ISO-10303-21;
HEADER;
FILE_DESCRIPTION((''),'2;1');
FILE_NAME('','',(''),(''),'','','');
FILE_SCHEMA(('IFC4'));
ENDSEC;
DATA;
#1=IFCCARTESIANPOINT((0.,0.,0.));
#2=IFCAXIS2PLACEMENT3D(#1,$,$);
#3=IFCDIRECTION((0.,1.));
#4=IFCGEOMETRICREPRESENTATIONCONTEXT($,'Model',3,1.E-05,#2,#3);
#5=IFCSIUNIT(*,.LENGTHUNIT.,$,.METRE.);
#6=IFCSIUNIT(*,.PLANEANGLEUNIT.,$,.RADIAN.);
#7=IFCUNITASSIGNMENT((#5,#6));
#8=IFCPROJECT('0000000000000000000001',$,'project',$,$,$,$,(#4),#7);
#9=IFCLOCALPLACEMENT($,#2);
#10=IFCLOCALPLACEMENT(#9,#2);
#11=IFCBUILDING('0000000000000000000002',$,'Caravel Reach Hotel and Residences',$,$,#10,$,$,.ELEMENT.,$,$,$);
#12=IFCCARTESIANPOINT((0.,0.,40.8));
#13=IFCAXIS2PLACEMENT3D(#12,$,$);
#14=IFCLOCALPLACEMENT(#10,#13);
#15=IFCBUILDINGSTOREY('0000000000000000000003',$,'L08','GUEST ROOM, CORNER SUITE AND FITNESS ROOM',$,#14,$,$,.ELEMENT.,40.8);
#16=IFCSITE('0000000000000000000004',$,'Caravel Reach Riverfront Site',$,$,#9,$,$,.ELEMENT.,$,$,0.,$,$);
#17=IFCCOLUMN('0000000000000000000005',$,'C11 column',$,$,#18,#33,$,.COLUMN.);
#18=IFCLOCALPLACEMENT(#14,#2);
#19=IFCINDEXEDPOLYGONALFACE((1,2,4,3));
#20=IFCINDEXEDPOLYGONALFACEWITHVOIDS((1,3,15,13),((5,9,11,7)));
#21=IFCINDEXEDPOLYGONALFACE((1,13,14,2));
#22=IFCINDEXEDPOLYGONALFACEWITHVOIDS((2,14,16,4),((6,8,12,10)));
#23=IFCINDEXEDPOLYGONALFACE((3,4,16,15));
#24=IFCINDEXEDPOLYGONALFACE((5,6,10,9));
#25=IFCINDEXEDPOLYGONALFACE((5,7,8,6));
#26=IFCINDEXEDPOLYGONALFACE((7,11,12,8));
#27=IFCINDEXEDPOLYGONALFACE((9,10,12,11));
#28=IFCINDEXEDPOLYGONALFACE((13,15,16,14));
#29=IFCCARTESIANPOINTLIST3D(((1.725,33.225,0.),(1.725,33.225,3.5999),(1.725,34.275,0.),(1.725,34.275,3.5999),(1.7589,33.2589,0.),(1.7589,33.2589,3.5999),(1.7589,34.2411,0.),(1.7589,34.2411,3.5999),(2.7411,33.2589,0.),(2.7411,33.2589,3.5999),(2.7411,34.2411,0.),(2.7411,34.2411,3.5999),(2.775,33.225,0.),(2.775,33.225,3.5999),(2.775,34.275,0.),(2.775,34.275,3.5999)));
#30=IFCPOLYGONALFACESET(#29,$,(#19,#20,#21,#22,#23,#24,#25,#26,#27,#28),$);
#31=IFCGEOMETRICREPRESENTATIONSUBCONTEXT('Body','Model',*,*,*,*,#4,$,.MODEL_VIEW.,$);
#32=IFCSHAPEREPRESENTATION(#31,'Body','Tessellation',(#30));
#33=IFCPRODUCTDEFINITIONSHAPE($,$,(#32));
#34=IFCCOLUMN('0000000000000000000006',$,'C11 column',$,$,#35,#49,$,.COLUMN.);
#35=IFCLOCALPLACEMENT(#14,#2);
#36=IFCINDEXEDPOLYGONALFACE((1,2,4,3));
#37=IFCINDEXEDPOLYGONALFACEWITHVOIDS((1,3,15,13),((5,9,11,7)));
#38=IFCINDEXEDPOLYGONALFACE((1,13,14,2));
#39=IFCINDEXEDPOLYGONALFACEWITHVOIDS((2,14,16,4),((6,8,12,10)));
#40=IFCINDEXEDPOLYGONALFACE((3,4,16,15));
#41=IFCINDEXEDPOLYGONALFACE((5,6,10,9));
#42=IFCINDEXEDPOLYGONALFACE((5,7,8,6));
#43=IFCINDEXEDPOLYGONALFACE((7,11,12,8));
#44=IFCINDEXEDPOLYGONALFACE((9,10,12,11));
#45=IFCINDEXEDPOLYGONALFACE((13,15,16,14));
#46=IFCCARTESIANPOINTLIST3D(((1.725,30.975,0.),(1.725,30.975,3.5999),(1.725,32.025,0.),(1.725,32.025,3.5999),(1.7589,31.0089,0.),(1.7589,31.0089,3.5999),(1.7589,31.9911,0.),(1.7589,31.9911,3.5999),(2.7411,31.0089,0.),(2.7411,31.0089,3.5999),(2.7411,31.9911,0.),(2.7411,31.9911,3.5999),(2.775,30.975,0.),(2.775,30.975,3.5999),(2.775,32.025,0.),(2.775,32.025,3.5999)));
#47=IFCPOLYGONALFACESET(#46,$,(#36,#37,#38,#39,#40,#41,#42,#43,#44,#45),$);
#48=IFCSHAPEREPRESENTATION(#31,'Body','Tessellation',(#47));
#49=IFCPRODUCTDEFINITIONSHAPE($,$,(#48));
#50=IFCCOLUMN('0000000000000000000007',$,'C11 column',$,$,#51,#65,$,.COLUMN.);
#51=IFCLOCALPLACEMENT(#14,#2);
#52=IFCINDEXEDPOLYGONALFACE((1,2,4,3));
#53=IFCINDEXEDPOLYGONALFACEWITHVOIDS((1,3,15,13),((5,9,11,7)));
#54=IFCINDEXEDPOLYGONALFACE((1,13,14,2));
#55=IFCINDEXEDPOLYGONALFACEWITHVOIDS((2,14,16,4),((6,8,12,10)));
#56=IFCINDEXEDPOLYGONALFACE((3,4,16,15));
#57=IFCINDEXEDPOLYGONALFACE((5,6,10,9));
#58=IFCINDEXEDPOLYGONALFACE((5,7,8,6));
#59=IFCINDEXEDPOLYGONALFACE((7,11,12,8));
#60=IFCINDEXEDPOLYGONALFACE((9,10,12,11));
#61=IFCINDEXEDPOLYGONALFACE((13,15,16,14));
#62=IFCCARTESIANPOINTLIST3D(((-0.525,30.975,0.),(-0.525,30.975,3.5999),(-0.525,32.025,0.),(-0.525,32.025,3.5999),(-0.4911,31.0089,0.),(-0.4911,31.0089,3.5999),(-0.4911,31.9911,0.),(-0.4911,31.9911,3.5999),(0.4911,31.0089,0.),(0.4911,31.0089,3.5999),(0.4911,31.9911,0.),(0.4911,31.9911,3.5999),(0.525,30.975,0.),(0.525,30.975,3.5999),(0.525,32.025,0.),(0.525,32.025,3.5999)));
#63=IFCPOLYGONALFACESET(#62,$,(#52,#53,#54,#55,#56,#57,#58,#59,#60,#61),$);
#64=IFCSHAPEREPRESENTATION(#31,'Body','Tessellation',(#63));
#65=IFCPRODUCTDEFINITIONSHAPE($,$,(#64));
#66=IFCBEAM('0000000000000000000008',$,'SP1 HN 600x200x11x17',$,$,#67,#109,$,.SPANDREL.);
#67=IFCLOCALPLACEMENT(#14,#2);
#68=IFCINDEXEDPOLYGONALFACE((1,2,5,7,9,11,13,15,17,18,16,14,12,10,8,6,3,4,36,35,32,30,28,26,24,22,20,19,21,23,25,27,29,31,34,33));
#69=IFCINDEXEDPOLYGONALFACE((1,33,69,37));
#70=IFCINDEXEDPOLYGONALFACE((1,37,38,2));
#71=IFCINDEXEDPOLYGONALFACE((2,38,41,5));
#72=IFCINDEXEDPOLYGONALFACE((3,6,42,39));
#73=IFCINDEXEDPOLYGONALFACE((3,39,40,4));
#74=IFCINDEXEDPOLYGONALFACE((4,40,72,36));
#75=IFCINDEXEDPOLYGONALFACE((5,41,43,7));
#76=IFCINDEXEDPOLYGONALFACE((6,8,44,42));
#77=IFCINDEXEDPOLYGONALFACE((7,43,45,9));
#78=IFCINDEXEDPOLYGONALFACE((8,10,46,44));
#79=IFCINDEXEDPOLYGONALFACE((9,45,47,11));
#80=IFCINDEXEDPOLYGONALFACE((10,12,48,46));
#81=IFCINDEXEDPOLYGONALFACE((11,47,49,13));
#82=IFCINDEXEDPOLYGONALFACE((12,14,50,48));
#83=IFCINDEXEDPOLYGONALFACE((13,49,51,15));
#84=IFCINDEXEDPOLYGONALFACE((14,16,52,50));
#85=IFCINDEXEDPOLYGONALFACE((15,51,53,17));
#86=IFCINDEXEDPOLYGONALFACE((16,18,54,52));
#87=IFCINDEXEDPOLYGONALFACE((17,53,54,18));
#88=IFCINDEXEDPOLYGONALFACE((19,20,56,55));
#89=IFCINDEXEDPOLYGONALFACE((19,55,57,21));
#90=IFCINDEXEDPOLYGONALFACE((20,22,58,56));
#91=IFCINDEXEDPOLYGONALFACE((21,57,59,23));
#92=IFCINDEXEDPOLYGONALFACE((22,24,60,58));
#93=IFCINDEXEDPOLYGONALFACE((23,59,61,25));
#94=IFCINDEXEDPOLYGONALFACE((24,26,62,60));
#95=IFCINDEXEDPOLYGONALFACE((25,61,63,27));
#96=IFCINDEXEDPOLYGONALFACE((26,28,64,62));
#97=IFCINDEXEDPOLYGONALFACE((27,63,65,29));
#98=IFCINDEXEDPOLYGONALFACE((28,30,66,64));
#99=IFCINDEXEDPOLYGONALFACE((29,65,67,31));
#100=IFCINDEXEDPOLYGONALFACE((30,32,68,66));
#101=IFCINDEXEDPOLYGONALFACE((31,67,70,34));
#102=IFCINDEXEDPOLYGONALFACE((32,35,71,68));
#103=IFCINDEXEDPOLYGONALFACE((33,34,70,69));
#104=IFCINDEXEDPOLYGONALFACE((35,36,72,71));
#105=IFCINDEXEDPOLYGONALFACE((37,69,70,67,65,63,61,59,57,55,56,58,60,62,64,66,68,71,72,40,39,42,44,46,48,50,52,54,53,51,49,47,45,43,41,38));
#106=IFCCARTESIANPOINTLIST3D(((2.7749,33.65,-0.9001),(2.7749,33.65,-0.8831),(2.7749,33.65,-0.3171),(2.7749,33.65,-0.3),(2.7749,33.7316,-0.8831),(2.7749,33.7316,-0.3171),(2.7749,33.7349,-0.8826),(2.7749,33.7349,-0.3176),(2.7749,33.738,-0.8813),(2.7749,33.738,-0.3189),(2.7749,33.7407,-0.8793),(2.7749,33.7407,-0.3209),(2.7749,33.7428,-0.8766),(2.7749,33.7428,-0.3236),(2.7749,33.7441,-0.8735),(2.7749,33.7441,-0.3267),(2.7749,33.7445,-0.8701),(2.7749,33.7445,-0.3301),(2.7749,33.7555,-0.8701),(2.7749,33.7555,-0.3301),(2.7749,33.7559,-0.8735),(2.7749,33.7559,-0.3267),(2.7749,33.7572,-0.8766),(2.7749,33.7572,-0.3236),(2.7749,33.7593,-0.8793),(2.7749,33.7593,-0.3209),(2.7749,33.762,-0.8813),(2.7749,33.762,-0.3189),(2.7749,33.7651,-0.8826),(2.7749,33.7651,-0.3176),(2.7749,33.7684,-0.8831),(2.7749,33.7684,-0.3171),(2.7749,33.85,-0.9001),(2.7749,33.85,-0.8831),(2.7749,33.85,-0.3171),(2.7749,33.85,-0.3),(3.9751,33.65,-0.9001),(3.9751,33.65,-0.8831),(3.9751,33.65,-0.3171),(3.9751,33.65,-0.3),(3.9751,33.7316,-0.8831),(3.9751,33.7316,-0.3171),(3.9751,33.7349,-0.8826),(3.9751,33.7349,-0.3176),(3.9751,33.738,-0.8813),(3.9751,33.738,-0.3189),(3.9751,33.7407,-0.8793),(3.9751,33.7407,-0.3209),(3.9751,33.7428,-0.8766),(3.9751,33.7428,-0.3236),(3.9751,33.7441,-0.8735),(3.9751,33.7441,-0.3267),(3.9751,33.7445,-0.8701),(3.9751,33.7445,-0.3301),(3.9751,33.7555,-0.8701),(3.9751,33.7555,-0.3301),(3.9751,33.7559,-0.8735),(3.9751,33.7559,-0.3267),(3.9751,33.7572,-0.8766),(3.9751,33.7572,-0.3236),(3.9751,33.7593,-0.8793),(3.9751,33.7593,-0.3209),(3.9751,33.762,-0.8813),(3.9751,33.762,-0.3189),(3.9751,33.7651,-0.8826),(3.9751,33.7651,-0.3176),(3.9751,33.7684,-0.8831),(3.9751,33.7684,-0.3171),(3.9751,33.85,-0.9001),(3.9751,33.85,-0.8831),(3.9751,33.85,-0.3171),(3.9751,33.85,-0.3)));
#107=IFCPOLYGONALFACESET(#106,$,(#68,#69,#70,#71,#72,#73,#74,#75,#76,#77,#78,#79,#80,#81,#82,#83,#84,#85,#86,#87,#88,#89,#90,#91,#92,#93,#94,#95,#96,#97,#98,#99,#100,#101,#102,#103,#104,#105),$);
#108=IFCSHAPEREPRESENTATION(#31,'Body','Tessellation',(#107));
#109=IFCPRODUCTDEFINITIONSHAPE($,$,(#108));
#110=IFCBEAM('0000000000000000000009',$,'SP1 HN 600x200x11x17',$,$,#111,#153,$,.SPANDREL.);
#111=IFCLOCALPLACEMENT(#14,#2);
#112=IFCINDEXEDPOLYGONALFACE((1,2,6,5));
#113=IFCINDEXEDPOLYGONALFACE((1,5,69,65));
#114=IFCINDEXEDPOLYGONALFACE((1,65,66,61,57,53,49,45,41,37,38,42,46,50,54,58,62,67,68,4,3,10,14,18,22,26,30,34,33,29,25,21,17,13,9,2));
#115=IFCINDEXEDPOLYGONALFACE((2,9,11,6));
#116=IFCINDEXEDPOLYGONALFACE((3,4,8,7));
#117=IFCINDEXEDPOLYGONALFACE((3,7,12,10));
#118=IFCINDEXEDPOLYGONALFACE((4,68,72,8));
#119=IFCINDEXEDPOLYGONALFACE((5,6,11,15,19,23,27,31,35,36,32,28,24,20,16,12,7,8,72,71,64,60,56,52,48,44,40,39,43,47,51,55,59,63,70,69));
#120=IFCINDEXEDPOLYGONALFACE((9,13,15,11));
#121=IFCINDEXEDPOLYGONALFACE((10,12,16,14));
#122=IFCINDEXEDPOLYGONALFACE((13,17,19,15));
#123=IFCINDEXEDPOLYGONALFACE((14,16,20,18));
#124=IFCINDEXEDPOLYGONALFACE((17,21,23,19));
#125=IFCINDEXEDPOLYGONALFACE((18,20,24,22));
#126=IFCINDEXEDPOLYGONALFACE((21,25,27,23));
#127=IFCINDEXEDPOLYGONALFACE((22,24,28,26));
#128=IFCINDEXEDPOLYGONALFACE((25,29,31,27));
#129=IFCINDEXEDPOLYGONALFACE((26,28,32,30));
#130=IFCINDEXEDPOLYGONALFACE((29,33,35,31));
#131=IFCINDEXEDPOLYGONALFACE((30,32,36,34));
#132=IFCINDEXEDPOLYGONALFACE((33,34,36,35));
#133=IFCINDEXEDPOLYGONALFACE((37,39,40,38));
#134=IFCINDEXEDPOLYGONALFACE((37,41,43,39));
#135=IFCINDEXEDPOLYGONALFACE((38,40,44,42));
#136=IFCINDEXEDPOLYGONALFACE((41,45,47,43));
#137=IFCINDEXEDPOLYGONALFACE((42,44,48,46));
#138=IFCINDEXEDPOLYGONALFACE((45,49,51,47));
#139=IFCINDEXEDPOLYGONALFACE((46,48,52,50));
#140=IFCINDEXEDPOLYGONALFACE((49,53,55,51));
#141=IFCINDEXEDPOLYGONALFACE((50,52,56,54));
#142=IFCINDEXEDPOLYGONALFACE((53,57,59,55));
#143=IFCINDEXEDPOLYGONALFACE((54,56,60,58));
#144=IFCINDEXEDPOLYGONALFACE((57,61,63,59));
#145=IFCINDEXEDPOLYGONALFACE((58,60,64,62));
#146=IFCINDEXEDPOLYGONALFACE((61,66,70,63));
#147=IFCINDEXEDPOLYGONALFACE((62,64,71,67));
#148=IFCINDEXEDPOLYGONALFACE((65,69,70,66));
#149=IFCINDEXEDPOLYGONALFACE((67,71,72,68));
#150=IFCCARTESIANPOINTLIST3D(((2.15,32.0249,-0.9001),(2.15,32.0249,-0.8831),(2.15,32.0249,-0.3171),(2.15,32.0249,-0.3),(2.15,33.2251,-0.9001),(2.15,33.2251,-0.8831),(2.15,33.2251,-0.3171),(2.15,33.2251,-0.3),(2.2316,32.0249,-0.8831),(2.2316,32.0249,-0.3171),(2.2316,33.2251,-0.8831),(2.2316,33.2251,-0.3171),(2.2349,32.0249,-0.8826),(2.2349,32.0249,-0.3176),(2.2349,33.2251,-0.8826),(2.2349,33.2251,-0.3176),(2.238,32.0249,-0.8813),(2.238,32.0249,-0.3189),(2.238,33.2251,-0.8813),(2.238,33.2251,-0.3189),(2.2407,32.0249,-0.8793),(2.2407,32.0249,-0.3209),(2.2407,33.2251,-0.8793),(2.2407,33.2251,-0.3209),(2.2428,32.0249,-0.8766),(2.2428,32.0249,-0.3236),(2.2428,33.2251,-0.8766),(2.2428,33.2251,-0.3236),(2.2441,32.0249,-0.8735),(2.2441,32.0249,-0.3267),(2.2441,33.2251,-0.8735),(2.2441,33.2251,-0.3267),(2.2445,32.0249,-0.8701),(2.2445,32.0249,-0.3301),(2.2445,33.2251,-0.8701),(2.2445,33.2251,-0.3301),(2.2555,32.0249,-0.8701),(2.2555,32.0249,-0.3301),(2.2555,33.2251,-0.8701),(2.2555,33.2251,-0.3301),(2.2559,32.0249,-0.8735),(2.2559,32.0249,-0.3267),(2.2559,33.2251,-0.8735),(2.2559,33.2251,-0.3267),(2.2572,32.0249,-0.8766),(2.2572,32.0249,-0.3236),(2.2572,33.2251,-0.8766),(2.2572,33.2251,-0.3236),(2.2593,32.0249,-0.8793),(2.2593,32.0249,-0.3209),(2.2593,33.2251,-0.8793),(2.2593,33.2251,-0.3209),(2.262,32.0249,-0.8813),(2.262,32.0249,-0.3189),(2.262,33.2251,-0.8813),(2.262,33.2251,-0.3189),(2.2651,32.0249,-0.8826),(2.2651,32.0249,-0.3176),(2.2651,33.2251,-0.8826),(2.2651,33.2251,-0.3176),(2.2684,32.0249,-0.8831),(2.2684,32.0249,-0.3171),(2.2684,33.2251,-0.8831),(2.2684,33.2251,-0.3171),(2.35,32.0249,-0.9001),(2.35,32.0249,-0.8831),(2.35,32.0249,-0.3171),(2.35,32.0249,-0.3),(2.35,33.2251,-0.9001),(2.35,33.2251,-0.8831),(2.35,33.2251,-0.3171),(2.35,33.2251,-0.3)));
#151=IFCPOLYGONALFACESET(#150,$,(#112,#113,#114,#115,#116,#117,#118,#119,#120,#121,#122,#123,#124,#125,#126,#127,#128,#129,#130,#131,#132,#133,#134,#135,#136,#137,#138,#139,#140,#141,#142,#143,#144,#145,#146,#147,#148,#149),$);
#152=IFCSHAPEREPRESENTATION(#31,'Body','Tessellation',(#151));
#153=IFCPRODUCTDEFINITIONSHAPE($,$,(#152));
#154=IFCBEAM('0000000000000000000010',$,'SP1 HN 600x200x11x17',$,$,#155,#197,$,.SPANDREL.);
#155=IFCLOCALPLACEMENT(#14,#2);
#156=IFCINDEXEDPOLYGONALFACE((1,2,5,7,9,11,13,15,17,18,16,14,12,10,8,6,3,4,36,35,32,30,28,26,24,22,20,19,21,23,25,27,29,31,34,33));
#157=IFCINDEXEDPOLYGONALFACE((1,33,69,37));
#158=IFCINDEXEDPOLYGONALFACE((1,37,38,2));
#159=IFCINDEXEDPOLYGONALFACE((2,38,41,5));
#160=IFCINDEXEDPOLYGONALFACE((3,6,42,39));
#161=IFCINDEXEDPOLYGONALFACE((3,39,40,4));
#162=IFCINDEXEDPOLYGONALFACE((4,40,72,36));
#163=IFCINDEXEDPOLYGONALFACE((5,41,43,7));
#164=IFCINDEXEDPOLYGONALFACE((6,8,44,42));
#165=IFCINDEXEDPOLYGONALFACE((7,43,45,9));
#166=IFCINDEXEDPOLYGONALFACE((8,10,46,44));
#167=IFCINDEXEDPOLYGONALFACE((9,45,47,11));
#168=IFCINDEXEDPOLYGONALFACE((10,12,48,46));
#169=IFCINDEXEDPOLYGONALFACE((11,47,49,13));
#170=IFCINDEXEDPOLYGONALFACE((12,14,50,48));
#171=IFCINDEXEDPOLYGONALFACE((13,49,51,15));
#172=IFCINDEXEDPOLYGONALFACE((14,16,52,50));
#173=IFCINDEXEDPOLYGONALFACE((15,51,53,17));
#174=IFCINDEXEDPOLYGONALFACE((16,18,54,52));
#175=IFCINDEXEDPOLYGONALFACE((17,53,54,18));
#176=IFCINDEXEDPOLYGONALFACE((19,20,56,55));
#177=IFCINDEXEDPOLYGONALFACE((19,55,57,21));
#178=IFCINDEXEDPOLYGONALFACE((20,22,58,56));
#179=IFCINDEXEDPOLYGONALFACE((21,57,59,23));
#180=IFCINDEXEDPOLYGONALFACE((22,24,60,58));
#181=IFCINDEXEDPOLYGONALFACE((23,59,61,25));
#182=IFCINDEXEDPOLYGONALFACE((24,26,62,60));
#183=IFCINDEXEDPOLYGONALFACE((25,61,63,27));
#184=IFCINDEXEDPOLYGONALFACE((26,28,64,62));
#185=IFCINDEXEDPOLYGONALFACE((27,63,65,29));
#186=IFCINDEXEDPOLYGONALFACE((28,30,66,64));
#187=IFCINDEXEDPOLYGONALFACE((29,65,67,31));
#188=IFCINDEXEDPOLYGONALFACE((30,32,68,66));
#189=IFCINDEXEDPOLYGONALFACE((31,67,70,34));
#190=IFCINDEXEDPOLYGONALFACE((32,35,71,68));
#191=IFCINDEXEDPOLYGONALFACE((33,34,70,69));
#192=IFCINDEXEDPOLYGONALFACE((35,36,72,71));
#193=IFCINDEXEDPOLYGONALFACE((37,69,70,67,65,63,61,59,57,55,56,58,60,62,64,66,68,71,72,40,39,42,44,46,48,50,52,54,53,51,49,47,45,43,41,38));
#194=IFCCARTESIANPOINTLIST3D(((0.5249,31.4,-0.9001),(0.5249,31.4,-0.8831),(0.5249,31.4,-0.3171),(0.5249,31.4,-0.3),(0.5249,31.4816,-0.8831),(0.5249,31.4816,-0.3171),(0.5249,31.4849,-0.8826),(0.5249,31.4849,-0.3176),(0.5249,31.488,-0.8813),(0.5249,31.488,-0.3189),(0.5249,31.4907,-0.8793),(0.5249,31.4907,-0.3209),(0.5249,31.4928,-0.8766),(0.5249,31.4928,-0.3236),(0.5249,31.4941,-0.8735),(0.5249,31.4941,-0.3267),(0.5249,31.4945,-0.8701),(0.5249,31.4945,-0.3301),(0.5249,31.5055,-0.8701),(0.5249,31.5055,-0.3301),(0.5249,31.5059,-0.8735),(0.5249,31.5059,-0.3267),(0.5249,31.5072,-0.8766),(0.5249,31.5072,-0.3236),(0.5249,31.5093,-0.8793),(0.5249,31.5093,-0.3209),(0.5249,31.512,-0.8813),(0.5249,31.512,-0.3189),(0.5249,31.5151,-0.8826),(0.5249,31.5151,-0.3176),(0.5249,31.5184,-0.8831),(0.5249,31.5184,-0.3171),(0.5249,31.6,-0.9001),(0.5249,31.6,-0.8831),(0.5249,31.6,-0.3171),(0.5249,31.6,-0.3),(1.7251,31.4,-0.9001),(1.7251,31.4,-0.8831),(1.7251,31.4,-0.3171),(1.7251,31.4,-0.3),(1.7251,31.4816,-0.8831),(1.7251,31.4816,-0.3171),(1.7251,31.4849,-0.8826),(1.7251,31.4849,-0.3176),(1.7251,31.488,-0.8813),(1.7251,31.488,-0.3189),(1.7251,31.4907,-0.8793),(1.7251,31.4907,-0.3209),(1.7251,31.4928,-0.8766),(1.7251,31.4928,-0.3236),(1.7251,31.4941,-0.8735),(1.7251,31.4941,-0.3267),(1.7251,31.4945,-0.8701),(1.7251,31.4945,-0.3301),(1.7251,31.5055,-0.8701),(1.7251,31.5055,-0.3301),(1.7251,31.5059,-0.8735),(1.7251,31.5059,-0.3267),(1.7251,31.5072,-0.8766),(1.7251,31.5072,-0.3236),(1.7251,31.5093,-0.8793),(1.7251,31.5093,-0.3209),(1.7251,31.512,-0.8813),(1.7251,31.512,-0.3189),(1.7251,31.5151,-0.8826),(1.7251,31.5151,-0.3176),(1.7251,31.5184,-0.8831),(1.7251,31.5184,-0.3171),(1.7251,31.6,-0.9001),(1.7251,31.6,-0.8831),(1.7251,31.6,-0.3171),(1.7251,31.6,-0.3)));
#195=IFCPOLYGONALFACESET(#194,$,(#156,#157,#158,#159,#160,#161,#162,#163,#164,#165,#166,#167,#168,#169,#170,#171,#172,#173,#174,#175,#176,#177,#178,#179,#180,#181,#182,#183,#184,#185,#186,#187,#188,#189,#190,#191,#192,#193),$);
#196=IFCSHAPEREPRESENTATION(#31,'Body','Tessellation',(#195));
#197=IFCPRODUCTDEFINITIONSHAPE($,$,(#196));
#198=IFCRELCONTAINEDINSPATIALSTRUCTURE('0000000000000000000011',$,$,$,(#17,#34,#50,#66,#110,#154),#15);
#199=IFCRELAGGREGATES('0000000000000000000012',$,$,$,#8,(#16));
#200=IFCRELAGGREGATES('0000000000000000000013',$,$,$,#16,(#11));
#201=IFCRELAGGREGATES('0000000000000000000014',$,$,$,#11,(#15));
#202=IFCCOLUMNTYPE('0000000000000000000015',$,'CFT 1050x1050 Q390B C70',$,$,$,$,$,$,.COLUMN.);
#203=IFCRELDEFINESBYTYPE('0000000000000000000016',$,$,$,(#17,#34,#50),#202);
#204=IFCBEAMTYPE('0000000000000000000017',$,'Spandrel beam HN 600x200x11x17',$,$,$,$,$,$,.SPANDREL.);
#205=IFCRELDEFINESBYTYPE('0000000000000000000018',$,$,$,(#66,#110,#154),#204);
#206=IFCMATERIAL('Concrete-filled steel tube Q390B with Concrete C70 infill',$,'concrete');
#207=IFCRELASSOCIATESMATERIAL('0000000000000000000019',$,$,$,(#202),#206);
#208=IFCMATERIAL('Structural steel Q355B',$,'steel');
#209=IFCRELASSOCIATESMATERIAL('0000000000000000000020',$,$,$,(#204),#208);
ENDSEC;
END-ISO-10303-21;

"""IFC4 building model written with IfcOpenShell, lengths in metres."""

from ifc_helpers import new_model, si_unit, direction, frame, origin, origin_2d, place, context, subcontext, project, spatial, hollow_rectangle, i_section, extrude, material, material_profile, profile_set, type_object, element, save


model = new_model("IFC4")

# Units and contexts
model_context = context("Model", 3, precision=1e-05, world=origin(), true_north=direction((0.0, 1.0)))
body_context = subcontext(model_context, "Body", "Model", "MODEL_VIEW")
ifc_project = project(units=[si_unit("LENGTHUNIT", "METRE"), si_unit("PLANEANGLEUNIT", "RADIAN")], contexts=[model_context])

# Site, building, storey
site_placement = place(None, origin())
site = spatial("IfcSite", under=ifc_project, at=site_placement, Name="Caravel Reach Riverfront Site", CompositionType="ELEMENT", RefElevation=0.0)
building_placement = place(site_placement, origin())
building = spatial("IfcBuilding", under=site, at=building_placement, Name="Caravel Reach Hotel and Residences", CompositionType="ELEMENT")
storey_placement = place(building_placement, frame((0.0, 0.0, 40.8)))
storey = spatial("IfcBuildingStorey", under=building, at=storey_placement, Name="L08", Description="GUEST ROOM, CORNER SUITE AND FITNESS ROOM", CompositionType="ELEMENT", Elevation=40.8)

# Columns
ifc_material_1 = material(Name="Concrete-filled steel tube Q390B with Concrete C70 infill", Category="concrete")
ifc_material_profile_1 = material_profile(ifc_material_1, hollow_rectangle(XDim=1.05, YDim=1.05, WallThickness=0.0339, at=origin_2d()), Name="RHS 1050x1050x34")
ifc_profile_set_1 = profile_set([ifc_material_profile_1], Name="Concrete-filled steel tube Q390B with Concrete C70 infill")
column_type = type_object("IfcColumnType", Name="CFT 1050x1050 Q390B C70", PredefinedType="COLUMN", material=ifc_profile_set_1)
for number, where, z_axis, x_axis, name in (
    (1, (2.25, 33.75, 0.0), (0.0, 0.0, 1.0), (1.0, 0.0, 0.0), "C11 column"),
    (2, (2.25, 31.5, 0.0), (0.0, 0.0, 1.0), (1.0, 0.0, 0.0), "C11 column"),
    (3, (0.0, 31.5, 0.0), (0.0, 0.0, 1.0), (1.0, 0.0, 0.0), "C11 column"),
):
    element("IfcColumn", number, at=place(storey_placement, frame(where, z_axis=z_axis, x_axis=x_axis)), inside=storey, type_object=column_type, Name=name, PredefinedType="COLUMN", context=body_context, shape_type="SweptSolid", body=[
        extrude(hollow_rectangle(XDim=1.05, YDim=1.05, WallThickness=0.0339, at=origin_2d()), origin(), (0.0, 0.0, 1.0), 3.5999),
    ])

# Beams
ifc_material_2 = material(Name="Structural steel Q355B", Category="steel")
ifc_material_profile_2 = material_profile(ifc_material_2, i_section(OverallWidth=0.2, OverallDepth=0.6001, WebThickness=0.011, FlangeThickness=0.0171, FilletRadius=0.0129, at=origin_2d()), Name="HN 600x200x11x17")
ifc_profile_set_2 = profile_set([ifc_material_profile_2], Name="Structural steel Q355B")
beam_type = type_object("IfcBeamType", Name="Spandrel beam HN 600x200x11x17", PredefinedType="SPANDREL", material=ifc_profile_set_2)
for number, where, z_axis, x_axis, name in (
    (4, (3.9751, 33.75, -0.6001), (-1.0, 0.0, 0.0), (0.0, -1.0, 0.0), "SP1 HN 600x200x11x17"),
    (5, (2.25, 33.2251, -0.6001), (0.0, -1.0, 0.0), (1.0, 0.0, 0.0), "SP1 HN 600x200x11x17"),
    (6, (1.7251, 31.5, -0.6001), (-1.0, 0.0, 0.0), (0.0, -1.0, 0.0), "SP1 HN 600x200x11x17"),
):
    element("IfcBeam", number, at=place(storey_placement, frame(where, z_axis=z_axis, x_axis=x_axis)), inside=storey, type_object=beam_type, Name=name, PredefinedType="SPANDREL", context=body_context, shape_type="SweptSolid", body=[
        extrude(i_section(OverallWidth=0.2, OverallDepth=0.6001, WebThickness=0.011, FlangeThickness=0.0171, FilletRadius=0.0129, at=origin_2d()), origin(), (0.0, 0.0, 1.0), 1.2002),
    ])

save(model, "model.ifc")
